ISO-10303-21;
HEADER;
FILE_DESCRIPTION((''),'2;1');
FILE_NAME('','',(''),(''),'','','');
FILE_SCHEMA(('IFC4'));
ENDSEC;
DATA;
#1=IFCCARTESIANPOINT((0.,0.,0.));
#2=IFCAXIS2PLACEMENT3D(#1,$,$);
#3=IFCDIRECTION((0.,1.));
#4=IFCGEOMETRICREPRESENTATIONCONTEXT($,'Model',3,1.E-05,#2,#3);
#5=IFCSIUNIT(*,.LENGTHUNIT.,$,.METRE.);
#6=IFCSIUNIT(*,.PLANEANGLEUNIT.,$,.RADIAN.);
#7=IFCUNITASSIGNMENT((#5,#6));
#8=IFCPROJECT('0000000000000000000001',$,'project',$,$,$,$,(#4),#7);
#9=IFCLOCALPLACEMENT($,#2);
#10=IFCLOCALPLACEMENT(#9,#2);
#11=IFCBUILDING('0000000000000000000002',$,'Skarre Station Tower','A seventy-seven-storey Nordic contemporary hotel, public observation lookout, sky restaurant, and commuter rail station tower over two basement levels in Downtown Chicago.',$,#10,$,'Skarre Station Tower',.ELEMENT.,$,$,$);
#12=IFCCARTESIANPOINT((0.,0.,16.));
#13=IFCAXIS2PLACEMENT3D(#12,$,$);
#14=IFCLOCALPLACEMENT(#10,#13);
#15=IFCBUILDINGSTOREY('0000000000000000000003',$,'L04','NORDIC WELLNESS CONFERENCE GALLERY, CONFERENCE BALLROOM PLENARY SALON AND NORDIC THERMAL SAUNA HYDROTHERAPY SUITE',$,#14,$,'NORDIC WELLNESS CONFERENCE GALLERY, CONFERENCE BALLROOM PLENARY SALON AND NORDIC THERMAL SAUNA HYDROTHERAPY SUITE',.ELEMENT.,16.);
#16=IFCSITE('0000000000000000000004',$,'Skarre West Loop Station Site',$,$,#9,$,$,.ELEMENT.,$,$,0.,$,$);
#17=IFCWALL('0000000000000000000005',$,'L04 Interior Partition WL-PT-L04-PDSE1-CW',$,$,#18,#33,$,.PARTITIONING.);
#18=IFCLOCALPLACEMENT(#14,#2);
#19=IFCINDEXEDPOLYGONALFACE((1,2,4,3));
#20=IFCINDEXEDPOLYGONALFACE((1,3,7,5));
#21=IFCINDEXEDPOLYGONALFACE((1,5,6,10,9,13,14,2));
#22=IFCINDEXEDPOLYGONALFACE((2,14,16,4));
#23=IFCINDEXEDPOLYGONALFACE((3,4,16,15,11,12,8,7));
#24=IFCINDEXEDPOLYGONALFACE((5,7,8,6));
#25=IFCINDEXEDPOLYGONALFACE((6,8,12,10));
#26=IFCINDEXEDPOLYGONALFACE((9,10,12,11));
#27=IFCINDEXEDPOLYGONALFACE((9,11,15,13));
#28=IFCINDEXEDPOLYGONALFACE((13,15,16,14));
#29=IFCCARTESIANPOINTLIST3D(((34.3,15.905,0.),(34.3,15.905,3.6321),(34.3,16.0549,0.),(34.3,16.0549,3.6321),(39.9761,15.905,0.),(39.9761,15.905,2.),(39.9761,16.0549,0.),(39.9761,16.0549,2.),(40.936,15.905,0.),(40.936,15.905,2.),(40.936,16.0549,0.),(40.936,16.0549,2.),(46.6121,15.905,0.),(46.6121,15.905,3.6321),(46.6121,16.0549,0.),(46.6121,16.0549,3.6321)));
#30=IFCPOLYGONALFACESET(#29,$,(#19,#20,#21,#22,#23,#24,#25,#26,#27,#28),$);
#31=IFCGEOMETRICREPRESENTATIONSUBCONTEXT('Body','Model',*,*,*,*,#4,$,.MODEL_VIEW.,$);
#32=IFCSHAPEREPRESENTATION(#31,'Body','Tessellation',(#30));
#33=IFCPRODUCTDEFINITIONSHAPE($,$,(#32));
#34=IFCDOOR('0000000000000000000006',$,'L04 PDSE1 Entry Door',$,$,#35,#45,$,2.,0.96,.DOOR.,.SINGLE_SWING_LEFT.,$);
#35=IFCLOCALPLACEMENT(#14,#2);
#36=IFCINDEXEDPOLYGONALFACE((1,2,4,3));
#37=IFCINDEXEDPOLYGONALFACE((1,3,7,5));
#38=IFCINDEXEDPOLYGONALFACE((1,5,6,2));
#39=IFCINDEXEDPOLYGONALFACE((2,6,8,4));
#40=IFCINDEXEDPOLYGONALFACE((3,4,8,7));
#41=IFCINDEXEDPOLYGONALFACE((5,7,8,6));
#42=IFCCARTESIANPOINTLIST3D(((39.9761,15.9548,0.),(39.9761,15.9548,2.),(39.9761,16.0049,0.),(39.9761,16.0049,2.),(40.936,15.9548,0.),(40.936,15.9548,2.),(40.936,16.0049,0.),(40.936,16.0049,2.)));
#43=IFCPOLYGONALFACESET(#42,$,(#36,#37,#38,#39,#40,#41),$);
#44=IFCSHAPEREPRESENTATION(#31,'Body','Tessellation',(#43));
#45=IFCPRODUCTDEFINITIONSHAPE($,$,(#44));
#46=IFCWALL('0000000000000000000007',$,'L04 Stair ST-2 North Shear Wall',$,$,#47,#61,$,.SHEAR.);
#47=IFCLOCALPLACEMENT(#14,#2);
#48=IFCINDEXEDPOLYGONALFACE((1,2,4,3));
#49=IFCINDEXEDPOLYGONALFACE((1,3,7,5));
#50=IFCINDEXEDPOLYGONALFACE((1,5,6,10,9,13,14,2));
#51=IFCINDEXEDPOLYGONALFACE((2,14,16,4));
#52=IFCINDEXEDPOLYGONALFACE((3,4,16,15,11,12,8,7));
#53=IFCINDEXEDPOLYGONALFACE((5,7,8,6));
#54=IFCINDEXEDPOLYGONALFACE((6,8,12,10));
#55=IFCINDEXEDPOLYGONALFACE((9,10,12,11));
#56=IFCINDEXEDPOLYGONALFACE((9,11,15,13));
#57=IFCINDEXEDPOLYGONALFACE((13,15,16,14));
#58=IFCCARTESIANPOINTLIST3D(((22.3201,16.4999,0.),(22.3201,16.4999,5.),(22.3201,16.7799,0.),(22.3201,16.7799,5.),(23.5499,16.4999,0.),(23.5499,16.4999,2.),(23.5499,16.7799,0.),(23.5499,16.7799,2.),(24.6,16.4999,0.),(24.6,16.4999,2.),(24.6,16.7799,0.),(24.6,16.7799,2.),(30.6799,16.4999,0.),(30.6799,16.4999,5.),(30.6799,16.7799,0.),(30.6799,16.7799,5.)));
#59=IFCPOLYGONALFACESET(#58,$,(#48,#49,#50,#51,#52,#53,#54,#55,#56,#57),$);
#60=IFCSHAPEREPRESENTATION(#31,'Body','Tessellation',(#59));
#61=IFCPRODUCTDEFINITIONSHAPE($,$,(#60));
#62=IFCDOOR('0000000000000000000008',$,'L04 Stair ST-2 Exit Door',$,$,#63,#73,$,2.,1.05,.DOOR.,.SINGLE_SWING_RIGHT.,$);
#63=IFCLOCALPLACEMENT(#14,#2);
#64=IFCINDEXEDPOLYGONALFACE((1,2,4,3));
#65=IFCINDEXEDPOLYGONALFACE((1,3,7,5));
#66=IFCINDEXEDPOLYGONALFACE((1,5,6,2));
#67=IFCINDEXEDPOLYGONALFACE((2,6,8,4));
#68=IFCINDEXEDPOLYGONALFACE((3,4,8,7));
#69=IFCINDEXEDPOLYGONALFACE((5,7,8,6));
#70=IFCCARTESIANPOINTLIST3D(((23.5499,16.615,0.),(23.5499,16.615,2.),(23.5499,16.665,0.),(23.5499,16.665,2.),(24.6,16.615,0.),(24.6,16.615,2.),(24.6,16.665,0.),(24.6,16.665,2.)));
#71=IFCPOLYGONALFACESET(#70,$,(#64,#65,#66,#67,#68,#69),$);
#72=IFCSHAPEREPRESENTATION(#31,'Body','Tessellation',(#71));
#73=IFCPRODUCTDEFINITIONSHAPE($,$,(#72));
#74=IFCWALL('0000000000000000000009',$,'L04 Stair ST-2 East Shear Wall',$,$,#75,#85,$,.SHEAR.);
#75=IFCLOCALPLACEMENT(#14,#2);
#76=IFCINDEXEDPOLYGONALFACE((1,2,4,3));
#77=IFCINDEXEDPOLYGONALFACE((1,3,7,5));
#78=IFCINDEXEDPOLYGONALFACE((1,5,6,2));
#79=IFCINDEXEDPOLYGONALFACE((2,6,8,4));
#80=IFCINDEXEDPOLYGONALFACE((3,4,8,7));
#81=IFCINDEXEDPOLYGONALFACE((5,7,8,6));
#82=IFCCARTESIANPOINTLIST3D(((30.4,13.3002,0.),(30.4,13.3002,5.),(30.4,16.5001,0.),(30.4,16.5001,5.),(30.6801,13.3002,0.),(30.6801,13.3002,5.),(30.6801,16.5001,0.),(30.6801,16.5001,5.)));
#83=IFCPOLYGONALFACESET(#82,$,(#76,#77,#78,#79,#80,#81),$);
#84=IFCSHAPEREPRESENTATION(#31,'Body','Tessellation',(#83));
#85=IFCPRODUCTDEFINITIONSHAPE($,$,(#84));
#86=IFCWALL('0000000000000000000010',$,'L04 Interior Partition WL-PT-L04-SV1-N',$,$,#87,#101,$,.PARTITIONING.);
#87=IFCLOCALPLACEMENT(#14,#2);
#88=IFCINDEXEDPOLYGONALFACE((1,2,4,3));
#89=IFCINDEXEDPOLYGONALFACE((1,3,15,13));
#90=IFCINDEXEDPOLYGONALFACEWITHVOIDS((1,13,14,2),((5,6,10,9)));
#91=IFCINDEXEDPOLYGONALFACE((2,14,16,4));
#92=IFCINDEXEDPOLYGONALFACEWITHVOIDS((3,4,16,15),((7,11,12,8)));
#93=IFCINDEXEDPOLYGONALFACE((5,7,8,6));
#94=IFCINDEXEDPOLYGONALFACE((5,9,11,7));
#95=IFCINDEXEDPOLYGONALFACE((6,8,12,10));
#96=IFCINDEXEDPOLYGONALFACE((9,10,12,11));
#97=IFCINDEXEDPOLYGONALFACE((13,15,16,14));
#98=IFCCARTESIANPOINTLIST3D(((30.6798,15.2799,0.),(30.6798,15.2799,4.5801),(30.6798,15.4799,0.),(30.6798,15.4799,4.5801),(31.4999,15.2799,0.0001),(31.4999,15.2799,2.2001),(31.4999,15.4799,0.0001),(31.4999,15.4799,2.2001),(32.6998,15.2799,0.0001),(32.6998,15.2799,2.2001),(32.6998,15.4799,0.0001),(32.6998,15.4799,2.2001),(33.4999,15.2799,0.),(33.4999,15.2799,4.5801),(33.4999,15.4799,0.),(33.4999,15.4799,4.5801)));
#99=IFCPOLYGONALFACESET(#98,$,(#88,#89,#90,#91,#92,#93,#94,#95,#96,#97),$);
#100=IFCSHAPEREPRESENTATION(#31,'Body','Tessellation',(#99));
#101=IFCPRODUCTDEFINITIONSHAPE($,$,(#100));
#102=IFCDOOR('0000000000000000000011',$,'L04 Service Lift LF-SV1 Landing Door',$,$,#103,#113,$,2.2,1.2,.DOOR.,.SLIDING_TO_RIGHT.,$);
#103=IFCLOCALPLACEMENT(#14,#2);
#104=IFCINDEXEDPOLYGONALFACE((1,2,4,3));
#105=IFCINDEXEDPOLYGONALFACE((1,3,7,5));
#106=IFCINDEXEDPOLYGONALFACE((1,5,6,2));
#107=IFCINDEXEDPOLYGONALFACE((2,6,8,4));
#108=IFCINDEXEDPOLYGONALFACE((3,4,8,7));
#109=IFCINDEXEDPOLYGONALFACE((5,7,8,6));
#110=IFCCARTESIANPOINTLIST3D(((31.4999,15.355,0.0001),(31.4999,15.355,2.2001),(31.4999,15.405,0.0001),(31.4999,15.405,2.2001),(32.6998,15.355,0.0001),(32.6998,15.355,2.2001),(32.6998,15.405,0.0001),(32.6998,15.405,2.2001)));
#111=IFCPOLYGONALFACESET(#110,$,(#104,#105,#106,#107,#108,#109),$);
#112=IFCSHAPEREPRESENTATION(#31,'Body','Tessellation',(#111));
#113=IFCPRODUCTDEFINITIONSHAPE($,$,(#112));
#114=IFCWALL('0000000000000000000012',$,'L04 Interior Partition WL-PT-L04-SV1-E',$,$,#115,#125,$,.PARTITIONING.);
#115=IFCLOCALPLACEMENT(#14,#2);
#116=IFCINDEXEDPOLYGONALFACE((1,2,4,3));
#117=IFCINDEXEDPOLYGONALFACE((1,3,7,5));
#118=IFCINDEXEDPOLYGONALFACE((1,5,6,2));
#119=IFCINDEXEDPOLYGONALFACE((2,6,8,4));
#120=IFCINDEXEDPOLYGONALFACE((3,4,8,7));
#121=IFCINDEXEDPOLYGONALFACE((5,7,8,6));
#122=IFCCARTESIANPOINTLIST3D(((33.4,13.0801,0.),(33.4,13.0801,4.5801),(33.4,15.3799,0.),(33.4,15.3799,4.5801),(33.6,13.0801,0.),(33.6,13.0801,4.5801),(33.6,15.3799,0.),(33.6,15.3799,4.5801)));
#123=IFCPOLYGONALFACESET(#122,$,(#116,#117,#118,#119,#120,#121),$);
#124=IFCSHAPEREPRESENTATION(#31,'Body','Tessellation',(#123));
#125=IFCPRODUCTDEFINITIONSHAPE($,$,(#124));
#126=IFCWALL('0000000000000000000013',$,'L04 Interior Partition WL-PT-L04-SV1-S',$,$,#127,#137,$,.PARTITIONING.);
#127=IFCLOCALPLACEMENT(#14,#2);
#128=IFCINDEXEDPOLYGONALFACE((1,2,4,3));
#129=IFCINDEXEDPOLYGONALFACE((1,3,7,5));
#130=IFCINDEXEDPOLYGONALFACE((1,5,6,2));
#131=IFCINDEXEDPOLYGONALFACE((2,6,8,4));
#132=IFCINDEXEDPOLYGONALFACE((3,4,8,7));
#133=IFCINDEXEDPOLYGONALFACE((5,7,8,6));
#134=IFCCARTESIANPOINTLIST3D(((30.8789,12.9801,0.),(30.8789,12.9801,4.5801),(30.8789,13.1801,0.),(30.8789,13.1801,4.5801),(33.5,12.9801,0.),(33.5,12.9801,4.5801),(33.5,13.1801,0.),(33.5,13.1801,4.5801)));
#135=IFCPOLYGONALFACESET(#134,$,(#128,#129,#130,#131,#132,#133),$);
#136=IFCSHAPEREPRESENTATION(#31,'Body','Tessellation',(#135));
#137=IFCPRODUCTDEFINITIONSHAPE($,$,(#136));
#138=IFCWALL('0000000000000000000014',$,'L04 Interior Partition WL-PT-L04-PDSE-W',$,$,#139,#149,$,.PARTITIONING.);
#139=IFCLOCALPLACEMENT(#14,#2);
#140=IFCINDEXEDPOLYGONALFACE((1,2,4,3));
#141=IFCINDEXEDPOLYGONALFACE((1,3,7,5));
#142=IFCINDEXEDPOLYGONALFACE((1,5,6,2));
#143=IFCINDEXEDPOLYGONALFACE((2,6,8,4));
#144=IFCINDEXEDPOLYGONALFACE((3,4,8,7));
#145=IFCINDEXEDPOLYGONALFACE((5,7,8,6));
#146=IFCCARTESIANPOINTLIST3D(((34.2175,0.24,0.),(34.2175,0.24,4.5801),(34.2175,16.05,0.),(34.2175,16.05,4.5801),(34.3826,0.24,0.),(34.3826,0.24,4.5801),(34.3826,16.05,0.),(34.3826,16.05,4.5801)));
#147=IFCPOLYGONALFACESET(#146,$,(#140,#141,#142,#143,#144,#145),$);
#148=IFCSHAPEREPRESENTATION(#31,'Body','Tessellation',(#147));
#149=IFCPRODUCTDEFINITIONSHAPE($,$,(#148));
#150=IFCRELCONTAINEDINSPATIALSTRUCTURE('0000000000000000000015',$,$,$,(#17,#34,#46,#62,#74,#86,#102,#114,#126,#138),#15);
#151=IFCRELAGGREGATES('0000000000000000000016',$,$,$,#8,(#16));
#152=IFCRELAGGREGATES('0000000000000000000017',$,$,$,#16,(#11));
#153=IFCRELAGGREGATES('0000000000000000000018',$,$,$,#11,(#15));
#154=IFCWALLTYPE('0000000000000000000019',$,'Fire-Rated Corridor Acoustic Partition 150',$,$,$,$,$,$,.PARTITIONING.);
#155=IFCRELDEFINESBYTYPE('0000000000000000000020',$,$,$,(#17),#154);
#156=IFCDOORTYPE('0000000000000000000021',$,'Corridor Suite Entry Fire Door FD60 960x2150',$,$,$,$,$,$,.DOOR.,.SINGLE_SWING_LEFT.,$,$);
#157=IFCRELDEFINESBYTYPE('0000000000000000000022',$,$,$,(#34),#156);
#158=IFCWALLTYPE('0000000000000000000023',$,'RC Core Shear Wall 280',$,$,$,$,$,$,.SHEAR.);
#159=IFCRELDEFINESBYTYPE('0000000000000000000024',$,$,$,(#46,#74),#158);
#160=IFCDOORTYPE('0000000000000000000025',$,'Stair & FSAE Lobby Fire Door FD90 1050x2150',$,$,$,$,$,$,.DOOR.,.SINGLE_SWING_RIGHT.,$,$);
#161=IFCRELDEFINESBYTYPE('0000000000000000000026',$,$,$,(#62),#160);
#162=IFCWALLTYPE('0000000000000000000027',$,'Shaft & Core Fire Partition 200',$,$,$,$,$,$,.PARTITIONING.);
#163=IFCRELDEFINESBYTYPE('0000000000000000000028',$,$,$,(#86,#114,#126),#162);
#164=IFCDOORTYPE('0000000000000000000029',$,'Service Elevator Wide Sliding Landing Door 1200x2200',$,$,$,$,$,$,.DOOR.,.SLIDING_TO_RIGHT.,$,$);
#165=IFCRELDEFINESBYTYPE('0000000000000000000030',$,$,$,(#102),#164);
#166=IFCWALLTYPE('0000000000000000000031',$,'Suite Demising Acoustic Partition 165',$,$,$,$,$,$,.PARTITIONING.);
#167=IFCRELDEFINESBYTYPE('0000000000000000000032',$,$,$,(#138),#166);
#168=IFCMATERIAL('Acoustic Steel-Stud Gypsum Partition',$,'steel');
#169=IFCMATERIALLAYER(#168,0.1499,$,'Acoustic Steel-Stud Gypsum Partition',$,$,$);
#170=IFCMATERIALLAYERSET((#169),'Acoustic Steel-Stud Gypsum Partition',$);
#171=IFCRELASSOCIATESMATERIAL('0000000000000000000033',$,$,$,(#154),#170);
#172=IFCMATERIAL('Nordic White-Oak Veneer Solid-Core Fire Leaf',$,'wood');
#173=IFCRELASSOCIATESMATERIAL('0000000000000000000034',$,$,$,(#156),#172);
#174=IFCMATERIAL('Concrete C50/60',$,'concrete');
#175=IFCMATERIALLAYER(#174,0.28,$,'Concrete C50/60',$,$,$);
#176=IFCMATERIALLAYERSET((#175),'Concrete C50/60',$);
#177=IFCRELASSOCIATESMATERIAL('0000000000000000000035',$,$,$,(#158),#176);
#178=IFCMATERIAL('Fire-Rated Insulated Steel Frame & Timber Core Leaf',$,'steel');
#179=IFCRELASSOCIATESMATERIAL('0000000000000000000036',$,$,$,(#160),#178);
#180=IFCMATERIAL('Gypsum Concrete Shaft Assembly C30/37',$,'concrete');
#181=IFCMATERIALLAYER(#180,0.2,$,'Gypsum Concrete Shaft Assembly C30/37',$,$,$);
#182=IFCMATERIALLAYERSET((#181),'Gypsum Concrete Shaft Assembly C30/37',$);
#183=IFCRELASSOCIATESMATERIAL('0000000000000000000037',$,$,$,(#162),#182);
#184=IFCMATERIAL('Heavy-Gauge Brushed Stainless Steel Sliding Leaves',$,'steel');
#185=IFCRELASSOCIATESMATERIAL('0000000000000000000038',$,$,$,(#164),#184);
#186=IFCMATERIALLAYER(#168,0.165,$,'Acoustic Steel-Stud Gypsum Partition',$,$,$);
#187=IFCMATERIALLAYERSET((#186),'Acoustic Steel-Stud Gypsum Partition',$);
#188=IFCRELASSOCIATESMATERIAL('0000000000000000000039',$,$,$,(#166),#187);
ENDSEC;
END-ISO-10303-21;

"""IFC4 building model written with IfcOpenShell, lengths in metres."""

from ifc_helpers import new_model, si_unit, direction, frame, frame_2d, origin, place, context, subcontext, project, spatial, rectangle, extrude, material, layer, layer_set, type_object, element, fill, save


model = new_model("IFC4")

# Units and contexts
model_context = context("Model", 3, precision=1e-05, world=origin(), true_north=direction((0.0, 1.0)))
body_context = subcontext(model_context, "Body", "Model", "MODEL_VIEW")
ifc_project = project(units=[si_unit("LENGTHUNIT", "METRE"), si_unit("PLANEANGLEUNIT", "RADIAN")], contexts=[model_context])

# Site, building, storey
site_placement = place(None, origin())
site = spatial("IfcSite", under=ifc_project, at=site_placement, Name="Skarre West Loop Station Site", CompositionType="ELEMENT", RefElevation=0.0)
building_placement = place(site_placement, origin())
building = spatial("IfcBuilding", under=site, at=building_placement, Name="Skarre Station Tower", Description="A seventy-seven-storey Nordic contemporary hotel, public observation lookout, sky restaurant, and commuter rail station tower over two basement levels in Downtown Chicago.", LongName="Skarre Station Tower", CompositionType="ELEMENT")
storey_placement = place(building_placement, frame((0.0, 0.0, 16.0)))
storey = spatial("IfcBuildingStorey", under=building, at=storey_placement, Name="L04", Description="NORDIC WELLNESS CONFERENCE GALLERY, CONFERENCE BALLROOM PLENARY SALON AND NORDIC THERMAL SAUNA HYDROTHERAPY SUITE", LongName="NORDIC WELLNESS CONFERENCE GALLERY, CONFERENCE BALLROOM PLENARY SALON AND NORDIC THERMAL SAUNA HYDROTHERAPY SUITE", CompositionType="ELEMENT", Elevation=16.0)

# Walls, openings, doors
ifc_material_1 = material(Name="Acoustic Steel-Stud Gypsum Partition", Category="steel")
ifc_layer_1 = layer(ifc_material_1, 0.1499, Name="Acoustic Steel-Stud Gypsum Partition")
ifc_layer_set_1 = layer_set([ifc_layer_1], Name="Acoustic Steel-Stud Gypsum Partition")
wall_type_1 = type_object("IfcWallType", Name="Fire-Rated Corridor Acoustic Partition 150", PredefinedType="PARTITIONING", material=ifc_layer_set_1)
wall_1_placement = place(storey_placement, frame((34.3, 15.98, 0.0), z_axis=(0.0, 0.0, 1.0), x_axis=(1.0, 0.0, 0.0)))
wall_1 = element("IfcWall", 1, at=wall_1_placement, inside=storey, type_object=wall_type_1, Name="L04 Interior Partition WL-PT-L04-PDSE1-CW", PredefinedType="PARTITIONING", context=body_context, shape_type="SweptSolid", body=[
    extrude(rectangle(XDim=12.312, YDim=0.1499, at=frame_2d((6.156, 0.0))), origin(), (0.0, 0.0, 1.0), 3.6321),
])
opening_1_placement = place(wall_1_placement, frame((5.676, 0.0, 0.0)))
opening_1 = element("IfcOpeningElement", 2, at=opening_1_placement, cuts=wall_1, PredefinedType="OPENING", context=body_context, shape_type="SweptSolid", body=[
    extrude(rectangle(XDim=0.96, YDim=2.0, at=frame_2d((0.48, 1.0))), frame((0.0, 0.085, 0.0), z_axis=(0.0, -1.0, 0.0), x_axis=(1.0, 0.0, 0.0)), (0.0, 0.0, 1.0), 0.1699),
])
ifc_material_2 = material(Name="Nordic White-Oak Veneer Solid-Core Fire Leaf", Category="wood")
door_type_1 = type_object("IfcDoorType", Name="Corridor Suite Entry Fire Door FD60 960x2150", OperationType="SINGLE_SWING_LEFT", PredefinedType="DOOR", material=ifc_material_2)
door_1_placement = place(opening_1_placement, origin())
door_1 = element("IfcDoor", 3, at=door_1_placement, inside=storey, type_object=door_type_1, Name="L04 PDSE1 Entry Door", OperationType="SINGLE_SWING_LEFT", OverallHeight=2.0, OverallWidth=0.96, PredefinedType="DOOR", context=body_context, shape_type="SweptSolid", body=[
    extrude(rectangle(XDim=0.96, YDim=2.0, at=frame_2d((0.48, 1.0))), frame((0.0, 0.0249, 0.0), z_axis=(0.0, -1.0, 0.0), x_axis=(1.0, 0.0, 0.0)), (0.0, 0.0, 1.0), 0.05),
])
fill(opening_1, door_1)
ifc_material_3 = material(Name="Concrete C50/60", Category="concrete")
ifc_layer_2 = layer(ifc_material_3, 0.28, Name="Concrete C50/60")
ifc_layer_set_2 = layer_set([ifc_layer_2], Name="Concrete C50/60")
wall_type_2 = type_object("IfcWallType", Name="RC Core Shear Wall 280", PredefinedType="SHEAR", material=ifc_layer_set_2)
wall_2_placement = place(storey_placement, frame((30.6799, 16.6399, 0.0), z_axis=(0.0, 0.0, 1.0), x_axis=(-1.0, 0.0, 0.0)))
wall_2 = element("IfcWall", 4, at=wall_2_placement, inside=storey, type_object=wall_type_2, Name="L04 Stair ST-2 North Shear Wall", PredefinedType="SHEAR", context=body_context, shape_type="SweptSolid", body=[
    extrude(rectangle(XDim=8.3599, YDim=0.28, at=frame_2d((4.1799, 0.0))), origin(), (0.0, 0.0, 1.0), 5.0),
])
opening_2_placement = place(wall_2_placement, frame((6.0801, 0.0, 0.0)))
opening_2 = element("IfcOpeningElement", 5, at=opening_2_placement, cuts=wall_2, PredefinedType="OPENING", context=body_context, shape_type="SweptSolid", body=[
    extrude(rectangle(XDim=1.05, YDim=2.0, at=frame_2d((0.5249, 1.0))), frame((0.0, 0.1499, 0.0), z_axis=(0.0, -1.0, 0.0), x_axis=(1.0, 0.0, 0.0)), (0.0, 0.0, 1.0), 0.3),
])
ifc_material_4 = material(Name="Fire-Rated Insulated Steel Frame & Timber Core Leaf", Category="steel")
door_type_2 = type_object("IfcDoorType", Name="Stair & FSAE Lobby Fire Door FD90 1050x2150", OperationType="SINGLE_SWING_RIGHT", PredefinedType="DOOR", material=ifc_material_4)
door_2_placement = place(opening_2_placement, origin())
door_2 = element("IfcDoor", 6, at=door_2_placement, inside=storey, type_object=door_type_2, Name="L04 Stair ST-2 Exit Door", OperationType="SINGLE_SWING_RIGHT", OverallHeight=2.0, OverallWidth=1.05, PredefinedType="DOOR", context=body_context, shape_type="SweptSolid", body=[
    extrude(rectangle(XDim=1.05, YDim=2.0, at=frame_2d((0.5249, 1.0))), frame((0.0, 0.0249, 0.0), z_axis=(0.0, -1.0, 0.0), x_axis=(1.0, 0.0, 0.0)), (0.0, 0.0, 1.0), 0.05),
])
fill(opening_2, door_2)

# Wall
wall_3_placement = place(storey_placement, frame((30.54, 13.3, 0.0), z_axis=(0.0, 0.0, 1.0), x_axis=(0.0, 1.0, 0.0)))
element("IfcWall", 7, at=wall_3_placement, inside=storey, type_object=wall_type_2, Name="L04 Stair ST-2 East Shear Wall", PredefinedType="SHEAR", context=body_context, shape_type="SweptSolid", body=[
    extrude(rectangle(XDim=3.2, YDim=0.28, at=frame_2d((1.6001, 0.0))), origin(), (0.0, 0.0, 1.0), 5.0),
])

# Wall, opening, door
ifc_material_5 = material(Name="Gypsum Concrete Shaft Assembly C30/37", Category="concrete")
ifc_layer_3 = layer(ifc_material_5, 0.2, Name="Gypsum Concrete Shaft Assembly C30/37")
ifc_layer_set_3 = layer_set([ifc_layer_3], Name="Gypsum Concrete Shaft Assembly C30/37")
wall_type_3 = type_object("IfcWallType", Name="Shaft & Core Fire Partition 200", PredefinedType="PARTITIONING", material=ifc_layer_set_3)
wall_4_placement = place(storey_placement, frame((33.5, 15.3799, 0.0), z_axis=(0.0, 0.0, 1.0), x_axis=(-1.0, 0.0, 0.0)))
wall_4 = element("IfcWall", 8, at=wall_4_placement, inside=storey, type_object=wall_type_3, Name="L04 Interior Partition WL-PT-L04-SV1-N", PredefinedType="PARTITIONING", context=body_context, shape_type="SweptSolid", body=[
    extrude(rectangle(XDim=2.8201, YDim=0.2, at=frame_2d((1.4102, 0.0))), origin(), (0.0, 0.0, 1.0), 4.5801),
])
opening_3_placement = place(wall_4_placement, frame((0.8, 0.0, 0.0)))
opening_3 = element("IfcOpeningElement", 9, at=opening_3_placement, cuts=wall_4, PredefinedType="OPENING", context=body_context, shape_type="SweptSolid", body=[
    extrude(rectangle(XDim=1.2, YDim=2.2, at=frame_2d((0.6001, 1.1001))), frame((0.0, 0.1099, 0.0), z_axis=(0.0, -1.0, 0.0), x_axis=(1.0, 0.0, 0.0)), (0.0, 0.0, 1.0), 0.22),
])
ifc_material_6 = material(Name="Heavy-Gauge Brushed Stainless Steel Sliding Leaves", Category="steel")
door_type_3 = type_object("IfcDoorType", Name="Service Elevator Wide Sliding Landing Door 1200x2200", OperationType="SLIDING_TO_RIGHT", PredefinedType="DOOR", material=ifc_material_6)
door_3_placement = place(opening_3_placement, origin())
door_3 = element("IfcDoor", 10, at=door_3_placement, inside=storey, type_object=door_type_3, Name="L04 Service Lift LF-SV1 Landing Door", OperationType="SLIDING_TO_RIGHT", OverallHeight=2.2, OverallWidth=1.2, PredefinedType="DOOR", context=body_context, shape_type="SweptSolid", body=[
    extrude(rectangle(XDim=1.2, YDim=2.2, at=frame_2d((0.6001, 1.1001))), frame((0.0, 0.0249, 0.0), z_axis=(0.0, -1.0, 0.0), x_axis=(1.0, 0.0, 0.0)), (0.0, 0.0, 1.0), 0.05),
])
fill(opening_3, door_3)

# Walls
wall_5_placement = place(storey_placement, frame((33.5, 13.0801, 0.0), z_axis=(0.0, 0.0, 1.0), x_axis=(0.0, 1.0, 0.0)))
element("IfcWall", 11, at=wall_5_placement, inside=storey, type_object=wall_type_3, Name="L04 Interior Partition WL-PT-L04-SV1-E", PredefinedType="PARTITIONING", context=body_context, shape_type="SweptSolid", body=[
    extrude(rectangle(XDim=2.2998, YDim=0.2, at=frame_2d((1.1499, 0.0))), origin(), (0.0, 0.0, 1.0), 4.5801),
])
wall_6_placement = place(storey_placement, frame((30.8789, 13.0801, 0.0), z_axis=(0.0, 0.0, 1.0), x_axis=(1.0, 0.0, 0.0)))
element("IfcWall", 12, at=wall_6_placement, inside=storey, type_object=wall_type_3, Name="L04 Interior Partition WL-PT-L04-SV1-S", PredefinedType="PARTITIONING", context=body_context, shape_type="SweptSolid", body=[
    extrude(rectangle(XDim=2.6211, YDim=0.2, at=frame_2d((1.3105, 0.0))), origin(), (0.0, 0.0, 1.0), 4.5801),
])
ifc_layer_4 = layer(ifc_material_1, 0.165, Name="Acoustic Steel-Stud Gypsum Partition")
ifc_layer_set_4 = layer_set([ifc_layer_4], Name="Acoustic Steel-Stud Gypsum Partition")
wall_type_4 = type_object("IfcWallType", Name="Suite Demising Acoustic Partition 165", PredefinedType="PARTITIONING", material=ifc_layer_set_4)
wall_7_placement = place(storey_placement, frame((34.3, 0.24, 0.0), z_axis=(0.0, 0.0, 1.0), x_axis=(0.0, 1.0, 0.0)))
element("IfcWall", 13, at=wall_7_placement, inside=storey, type_object=wall_type_4, Name="L04 Interior Partition WL-PT-L04-PDSE-W", PredefinedType="PARTITIONING", context=body_context, shape_type="SweptSolid", body=[
    extrude(rectangle(XDim=15.8101, YDim=0.165, at=frame_2d((7.905, 0.0))), origin(), (0.0, 0.0, 1.0), 4.5801),
])

save(model, "model.ifc")
